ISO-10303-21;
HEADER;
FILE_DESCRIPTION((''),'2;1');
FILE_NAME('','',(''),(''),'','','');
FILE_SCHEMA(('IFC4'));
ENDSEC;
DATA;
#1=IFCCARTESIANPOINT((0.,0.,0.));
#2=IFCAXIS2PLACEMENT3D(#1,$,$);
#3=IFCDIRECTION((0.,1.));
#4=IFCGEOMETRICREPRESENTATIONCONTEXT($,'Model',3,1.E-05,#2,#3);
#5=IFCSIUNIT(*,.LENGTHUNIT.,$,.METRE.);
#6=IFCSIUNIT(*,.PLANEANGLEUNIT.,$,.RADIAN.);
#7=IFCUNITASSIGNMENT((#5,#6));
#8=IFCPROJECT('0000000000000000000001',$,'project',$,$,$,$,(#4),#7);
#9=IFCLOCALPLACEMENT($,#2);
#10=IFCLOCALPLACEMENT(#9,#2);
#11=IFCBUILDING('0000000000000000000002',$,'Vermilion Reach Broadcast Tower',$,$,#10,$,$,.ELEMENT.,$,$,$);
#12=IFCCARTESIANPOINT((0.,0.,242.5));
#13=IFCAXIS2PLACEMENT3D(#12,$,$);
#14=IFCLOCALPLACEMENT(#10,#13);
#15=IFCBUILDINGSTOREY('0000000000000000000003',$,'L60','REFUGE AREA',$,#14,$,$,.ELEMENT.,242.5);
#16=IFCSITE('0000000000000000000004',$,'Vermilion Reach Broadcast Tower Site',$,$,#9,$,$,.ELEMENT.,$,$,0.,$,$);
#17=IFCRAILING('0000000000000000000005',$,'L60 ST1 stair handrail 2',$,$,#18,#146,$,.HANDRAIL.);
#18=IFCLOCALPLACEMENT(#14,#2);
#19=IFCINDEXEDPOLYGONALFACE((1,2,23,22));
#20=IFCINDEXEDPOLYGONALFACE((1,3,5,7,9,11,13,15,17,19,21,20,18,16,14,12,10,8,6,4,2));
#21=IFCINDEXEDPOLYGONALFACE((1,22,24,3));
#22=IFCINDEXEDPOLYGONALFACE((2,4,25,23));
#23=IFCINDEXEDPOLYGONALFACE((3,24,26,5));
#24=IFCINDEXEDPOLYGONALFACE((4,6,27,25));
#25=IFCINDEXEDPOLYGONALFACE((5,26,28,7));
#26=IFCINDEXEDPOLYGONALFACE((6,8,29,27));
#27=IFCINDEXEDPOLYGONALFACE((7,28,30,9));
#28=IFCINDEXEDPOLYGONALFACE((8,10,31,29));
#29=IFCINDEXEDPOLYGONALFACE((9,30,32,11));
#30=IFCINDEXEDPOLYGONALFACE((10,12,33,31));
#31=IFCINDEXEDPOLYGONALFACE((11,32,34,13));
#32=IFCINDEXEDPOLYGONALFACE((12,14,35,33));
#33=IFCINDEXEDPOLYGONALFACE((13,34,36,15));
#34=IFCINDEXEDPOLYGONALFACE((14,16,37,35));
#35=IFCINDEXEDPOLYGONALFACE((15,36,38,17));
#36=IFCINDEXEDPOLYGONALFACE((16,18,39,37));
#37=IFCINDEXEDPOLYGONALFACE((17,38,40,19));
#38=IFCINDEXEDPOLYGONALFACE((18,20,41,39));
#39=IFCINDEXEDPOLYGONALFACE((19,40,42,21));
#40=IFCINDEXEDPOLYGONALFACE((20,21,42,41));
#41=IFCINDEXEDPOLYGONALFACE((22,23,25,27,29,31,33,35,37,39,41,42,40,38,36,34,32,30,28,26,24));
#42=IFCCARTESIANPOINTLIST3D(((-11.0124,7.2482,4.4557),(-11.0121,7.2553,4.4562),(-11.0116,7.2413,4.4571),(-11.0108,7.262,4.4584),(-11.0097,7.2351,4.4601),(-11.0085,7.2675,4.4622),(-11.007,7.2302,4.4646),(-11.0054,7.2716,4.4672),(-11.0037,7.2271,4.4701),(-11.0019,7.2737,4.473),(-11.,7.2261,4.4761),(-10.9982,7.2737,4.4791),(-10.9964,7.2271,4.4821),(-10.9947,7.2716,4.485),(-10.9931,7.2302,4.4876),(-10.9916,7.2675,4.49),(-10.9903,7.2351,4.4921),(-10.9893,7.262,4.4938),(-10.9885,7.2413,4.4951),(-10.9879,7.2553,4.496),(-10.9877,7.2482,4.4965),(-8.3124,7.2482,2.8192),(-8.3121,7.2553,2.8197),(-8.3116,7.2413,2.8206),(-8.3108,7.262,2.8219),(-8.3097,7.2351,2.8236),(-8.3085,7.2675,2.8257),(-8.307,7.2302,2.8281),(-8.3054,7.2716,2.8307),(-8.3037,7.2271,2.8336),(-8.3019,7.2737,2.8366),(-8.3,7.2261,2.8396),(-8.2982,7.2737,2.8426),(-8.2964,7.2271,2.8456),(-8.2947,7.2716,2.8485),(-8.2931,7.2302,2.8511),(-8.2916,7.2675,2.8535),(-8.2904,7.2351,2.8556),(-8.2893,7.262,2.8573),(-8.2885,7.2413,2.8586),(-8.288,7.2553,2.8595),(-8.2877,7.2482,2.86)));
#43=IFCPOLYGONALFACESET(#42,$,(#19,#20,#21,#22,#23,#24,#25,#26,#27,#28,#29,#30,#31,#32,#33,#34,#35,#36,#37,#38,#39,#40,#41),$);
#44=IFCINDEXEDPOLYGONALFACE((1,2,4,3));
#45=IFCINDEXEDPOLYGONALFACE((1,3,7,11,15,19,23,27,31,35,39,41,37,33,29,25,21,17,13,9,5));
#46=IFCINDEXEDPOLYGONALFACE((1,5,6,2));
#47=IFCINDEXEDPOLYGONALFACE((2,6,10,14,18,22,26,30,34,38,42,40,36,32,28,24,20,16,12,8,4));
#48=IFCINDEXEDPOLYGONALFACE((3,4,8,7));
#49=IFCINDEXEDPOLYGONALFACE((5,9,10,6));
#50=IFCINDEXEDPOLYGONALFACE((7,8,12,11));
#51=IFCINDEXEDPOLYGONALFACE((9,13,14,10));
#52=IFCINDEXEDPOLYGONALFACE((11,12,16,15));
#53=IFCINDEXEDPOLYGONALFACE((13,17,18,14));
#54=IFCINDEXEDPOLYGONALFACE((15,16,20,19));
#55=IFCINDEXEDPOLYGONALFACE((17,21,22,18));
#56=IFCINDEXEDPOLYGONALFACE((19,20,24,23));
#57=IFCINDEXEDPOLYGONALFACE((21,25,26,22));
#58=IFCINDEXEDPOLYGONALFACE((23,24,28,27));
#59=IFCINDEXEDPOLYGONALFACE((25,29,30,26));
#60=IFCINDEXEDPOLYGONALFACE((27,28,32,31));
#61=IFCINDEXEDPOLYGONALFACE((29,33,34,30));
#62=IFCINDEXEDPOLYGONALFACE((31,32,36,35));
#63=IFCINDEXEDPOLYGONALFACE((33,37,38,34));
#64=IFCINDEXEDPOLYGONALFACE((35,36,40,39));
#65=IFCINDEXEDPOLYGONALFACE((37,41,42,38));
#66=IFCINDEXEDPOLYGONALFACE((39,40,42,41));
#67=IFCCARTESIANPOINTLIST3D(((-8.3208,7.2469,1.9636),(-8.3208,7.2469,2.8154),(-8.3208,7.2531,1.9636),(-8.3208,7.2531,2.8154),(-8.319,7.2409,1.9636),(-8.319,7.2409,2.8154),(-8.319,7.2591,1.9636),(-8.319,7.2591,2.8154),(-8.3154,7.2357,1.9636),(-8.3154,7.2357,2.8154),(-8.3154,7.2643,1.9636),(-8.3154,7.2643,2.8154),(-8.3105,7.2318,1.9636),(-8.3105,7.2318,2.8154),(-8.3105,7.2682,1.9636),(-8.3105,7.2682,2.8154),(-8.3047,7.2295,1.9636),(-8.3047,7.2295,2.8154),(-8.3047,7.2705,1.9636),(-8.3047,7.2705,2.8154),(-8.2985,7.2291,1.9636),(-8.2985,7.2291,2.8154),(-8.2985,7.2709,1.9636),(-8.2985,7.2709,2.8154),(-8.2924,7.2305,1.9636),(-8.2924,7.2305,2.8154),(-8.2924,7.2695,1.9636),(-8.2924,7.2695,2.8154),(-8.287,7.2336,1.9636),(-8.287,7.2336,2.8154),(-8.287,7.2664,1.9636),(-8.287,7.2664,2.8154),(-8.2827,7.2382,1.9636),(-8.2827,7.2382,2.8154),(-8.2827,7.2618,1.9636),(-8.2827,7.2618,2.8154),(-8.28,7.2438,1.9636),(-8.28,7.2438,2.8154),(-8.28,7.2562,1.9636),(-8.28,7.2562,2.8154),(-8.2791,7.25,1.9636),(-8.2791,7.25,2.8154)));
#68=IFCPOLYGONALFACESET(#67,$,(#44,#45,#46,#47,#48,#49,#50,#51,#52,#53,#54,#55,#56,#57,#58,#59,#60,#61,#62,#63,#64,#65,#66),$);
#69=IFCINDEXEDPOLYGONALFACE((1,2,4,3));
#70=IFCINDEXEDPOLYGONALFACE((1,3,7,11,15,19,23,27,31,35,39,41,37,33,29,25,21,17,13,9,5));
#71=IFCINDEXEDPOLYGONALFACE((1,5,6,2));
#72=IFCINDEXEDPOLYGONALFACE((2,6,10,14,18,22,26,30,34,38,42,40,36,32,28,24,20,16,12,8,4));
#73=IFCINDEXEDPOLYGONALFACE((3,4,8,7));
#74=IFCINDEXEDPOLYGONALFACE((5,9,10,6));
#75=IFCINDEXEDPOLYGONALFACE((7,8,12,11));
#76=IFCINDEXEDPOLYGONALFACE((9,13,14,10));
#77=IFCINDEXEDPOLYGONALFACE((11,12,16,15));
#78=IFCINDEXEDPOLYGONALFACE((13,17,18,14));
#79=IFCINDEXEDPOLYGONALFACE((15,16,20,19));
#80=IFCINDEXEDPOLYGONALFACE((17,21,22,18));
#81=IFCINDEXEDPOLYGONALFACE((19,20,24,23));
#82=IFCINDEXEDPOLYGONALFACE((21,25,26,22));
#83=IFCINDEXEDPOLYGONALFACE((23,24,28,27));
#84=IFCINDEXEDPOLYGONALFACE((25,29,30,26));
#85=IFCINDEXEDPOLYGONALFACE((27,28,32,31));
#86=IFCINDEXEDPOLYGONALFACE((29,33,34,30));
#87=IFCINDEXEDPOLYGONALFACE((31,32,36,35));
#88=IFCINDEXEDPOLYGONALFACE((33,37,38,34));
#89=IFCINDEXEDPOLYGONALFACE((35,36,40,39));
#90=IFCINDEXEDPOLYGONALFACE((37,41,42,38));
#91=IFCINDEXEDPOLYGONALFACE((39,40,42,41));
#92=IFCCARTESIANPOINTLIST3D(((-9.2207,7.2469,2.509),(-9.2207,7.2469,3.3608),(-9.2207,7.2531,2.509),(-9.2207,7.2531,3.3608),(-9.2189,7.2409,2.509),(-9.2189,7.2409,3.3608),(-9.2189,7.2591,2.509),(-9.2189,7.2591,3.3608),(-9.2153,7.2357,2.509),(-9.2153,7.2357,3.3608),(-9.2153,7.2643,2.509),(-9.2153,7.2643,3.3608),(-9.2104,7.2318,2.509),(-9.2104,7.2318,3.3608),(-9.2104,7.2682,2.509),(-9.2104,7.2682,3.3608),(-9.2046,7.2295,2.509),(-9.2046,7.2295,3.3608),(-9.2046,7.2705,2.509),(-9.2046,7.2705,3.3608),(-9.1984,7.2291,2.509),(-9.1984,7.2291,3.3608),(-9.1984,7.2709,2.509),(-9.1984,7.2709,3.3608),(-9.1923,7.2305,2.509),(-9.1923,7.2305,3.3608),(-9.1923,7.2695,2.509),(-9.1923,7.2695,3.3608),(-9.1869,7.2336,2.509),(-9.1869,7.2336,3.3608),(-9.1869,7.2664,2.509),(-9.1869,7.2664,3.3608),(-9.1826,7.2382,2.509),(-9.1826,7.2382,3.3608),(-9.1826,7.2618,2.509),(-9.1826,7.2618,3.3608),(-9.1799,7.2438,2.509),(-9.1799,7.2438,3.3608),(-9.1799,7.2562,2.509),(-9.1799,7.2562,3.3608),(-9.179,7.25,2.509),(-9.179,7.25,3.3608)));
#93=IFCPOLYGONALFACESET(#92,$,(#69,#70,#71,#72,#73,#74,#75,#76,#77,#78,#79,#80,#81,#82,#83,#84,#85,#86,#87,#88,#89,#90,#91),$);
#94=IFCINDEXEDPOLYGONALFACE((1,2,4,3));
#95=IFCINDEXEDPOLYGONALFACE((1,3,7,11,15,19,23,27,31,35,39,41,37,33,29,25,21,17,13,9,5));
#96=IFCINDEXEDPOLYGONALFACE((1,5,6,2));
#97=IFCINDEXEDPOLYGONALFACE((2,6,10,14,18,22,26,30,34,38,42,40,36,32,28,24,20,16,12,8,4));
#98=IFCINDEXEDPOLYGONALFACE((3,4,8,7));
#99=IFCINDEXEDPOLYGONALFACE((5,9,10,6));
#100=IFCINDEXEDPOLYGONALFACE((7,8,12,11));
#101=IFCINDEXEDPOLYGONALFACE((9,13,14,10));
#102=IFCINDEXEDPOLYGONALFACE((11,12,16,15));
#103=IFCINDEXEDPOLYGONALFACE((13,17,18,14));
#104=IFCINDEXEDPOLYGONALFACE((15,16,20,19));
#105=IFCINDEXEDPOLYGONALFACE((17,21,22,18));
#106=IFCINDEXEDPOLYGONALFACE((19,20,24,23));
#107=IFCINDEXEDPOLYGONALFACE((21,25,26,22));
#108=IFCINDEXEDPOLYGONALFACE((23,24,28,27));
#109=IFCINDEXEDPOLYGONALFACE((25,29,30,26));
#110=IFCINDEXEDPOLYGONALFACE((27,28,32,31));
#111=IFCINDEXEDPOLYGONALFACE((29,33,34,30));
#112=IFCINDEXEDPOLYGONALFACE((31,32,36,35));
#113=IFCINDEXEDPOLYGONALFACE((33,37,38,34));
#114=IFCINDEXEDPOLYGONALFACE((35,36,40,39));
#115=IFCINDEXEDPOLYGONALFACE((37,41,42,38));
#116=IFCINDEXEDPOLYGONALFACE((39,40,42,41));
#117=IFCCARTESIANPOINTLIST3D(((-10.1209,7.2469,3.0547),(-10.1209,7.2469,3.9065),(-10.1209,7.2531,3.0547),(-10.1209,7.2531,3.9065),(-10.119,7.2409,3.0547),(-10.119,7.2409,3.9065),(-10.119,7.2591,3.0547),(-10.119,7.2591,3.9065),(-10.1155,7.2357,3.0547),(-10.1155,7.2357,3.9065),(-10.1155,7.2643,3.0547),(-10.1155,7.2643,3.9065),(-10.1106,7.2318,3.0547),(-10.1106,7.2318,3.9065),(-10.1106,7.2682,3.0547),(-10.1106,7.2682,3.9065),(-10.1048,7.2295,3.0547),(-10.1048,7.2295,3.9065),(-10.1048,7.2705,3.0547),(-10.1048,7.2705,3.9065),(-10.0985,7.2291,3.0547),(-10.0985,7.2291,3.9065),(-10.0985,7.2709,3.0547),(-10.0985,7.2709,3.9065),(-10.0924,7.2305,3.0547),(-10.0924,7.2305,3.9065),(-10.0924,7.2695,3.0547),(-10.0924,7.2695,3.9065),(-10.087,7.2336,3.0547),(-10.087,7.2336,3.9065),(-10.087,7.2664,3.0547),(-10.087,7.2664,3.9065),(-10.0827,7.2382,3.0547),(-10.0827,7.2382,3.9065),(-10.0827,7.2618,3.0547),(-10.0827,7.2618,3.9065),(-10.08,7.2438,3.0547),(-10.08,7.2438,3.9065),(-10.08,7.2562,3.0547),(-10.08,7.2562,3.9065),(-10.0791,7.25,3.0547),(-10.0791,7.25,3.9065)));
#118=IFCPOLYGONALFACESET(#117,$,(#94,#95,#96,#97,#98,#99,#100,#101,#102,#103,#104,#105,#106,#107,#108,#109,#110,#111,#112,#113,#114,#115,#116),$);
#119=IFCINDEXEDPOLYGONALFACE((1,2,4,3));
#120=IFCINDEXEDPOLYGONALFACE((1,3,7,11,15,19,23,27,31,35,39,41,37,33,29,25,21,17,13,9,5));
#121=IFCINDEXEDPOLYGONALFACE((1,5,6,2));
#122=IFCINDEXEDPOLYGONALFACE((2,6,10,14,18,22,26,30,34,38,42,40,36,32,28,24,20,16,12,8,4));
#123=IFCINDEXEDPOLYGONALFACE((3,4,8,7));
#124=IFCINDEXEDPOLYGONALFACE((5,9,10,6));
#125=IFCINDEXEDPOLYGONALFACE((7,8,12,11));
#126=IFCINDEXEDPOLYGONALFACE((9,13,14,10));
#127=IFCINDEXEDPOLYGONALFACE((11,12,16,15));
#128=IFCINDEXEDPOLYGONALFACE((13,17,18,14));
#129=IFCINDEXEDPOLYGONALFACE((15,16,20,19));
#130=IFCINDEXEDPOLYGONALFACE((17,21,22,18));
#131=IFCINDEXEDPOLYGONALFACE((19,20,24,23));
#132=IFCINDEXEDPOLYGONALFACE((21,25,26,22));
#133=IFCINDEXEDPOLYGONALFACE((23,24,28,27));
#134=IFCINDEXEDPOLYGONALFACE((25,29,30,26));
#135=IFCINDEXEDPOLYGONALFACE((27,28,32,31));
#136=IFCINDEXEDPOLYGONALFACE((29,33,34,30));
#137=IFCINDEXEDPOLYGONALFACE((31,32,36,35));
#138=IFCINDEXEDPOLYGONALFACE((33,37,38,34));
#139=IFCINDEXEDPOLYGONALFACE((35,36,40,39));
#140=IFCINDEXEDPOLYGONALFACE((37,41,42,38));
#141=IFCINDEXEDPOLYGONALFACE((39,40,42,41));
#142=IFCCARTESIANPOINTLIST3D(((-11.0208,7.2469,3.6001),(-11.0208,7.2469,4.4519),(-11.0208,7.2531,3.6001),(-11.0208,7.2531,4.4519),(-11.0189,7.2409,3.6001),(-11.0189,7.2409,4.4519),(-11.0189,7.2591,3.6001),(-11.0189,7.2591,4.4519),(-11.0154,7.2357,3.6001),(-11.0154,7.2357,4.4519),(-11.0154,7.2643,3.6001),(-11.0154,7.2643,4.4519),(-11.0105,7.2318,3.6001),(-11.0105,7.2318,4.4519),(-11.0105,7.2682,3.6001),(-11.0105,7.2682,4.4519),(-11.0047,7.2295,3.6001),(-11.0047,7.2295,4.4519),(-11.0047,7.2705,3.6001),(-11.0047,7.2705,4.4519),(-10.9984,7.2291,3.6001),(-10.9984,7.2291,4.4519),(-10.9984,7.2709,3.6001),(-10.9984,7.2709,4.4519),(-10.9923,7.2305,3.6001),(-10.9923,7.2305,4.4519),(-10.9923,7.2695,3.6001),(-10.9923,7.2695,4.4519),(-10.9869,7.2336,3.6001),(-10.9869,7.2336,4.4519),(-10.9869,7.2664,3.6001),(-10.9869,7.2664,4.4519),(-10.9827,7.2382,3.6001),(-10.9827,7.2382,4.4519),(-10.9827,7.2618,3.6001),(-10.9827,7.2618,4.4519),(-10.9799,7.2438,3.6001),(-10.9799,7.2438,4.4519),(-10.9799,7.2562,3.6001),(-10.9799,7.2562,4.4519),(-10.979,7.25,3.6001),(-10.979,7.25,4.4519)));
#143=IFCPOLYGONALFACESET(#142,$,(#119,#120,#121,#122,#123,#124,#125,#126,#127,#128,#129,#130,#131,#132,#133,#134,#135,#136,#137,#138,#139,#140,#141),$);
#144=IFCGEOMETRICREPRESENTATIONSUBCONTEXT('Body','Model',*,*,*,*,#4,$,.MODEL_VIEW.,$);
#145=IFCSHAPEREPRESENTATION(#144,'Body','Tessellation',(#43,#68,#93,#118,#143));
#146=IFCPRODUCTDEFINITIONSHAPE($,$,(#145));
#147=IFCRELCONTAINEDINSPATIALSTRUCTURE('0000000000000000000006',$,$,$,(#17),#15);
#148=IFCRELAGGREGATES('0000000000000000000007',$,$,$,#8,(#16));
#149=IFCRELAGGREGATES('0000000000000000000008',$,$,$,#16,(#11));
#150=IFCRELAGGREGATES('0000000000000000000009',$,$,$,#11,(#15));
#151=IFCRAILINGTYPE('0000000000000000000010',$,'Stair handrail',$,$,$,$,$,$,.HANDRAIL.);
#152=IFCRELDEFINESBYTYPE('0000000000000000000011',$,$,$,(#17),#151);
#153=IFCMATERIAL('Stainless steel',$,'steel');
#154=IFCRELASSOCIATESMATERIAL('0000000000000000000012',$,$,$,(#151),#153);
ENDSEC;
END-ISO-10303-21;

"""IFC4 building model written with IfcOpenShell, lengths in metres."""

from ifc_helpers import new_model, si_unit, direction, frame, origin, origin_2d, place, context, subcontext, project, spatial, circle, extrude, material, type_object, element, save


model = new_model("IFC4")

# Units and contexts
model_context = context("Model", 3, precision=1e-05, world=origin(), true_north=direction((0.0, 1.0)))
body_context = subcontext(model_context, "Body", "Model", "MODEL_VIEW")
ifc_project = project(units=[si_unit("LENGTHUNIT", "METRE"), si_unit("PLANEANGLEUNIT", "RADIAN")], contexts=[model_context])

# Site, building, storey
site_placement = place(None, origin())
site = spatial("IfcSite", under=ifc_project, at=site_placement, Name="Vermilion Reach Broadcast Tower Site", CompositionType="ELEMENT", RefElevation=0.0)
building_placement = place(site_placement, origin())
building = spatial("IfcBuilding", under=site, at=building_placement, Name="Vermilion Reach Broadcast Tower", CompositionType="ELEMENT")
storey_placement = place(building_placement, frame((0.0, 0.0, 242.5)))
storey = spatial("IfcBuildingStorey", under=building, at=storey_placement, Name="L60", Description="REFUGE AREA", CompositionType="ELEMENT", Elevation=242.5)

# Railing
ifc_material_1 = material(Name="Stainless steel", Category="steel")
railing_type_1 = type_object("IfcRailingType", Name="Stair handrail", PredefinedType="HANDRAIL", material=ifc_material_1)
for number, where, name in (
    (1, (-8.3, 7.25, 1.9636), "L60 ST1 stair handrail 2"),
):
    element("IfcRailing", number, at=place(storey_placement, frame(where)), inside=storey, type_object=railing_type_1, Name=name, PredefinedType="HANDRAIL", context=body_context, shape_type="SweptSolid", body=[
        extrude(circle(Radius=0.0239, at=origin_2d()), frame((0.0, 0.0, 0.876), z_axis=(-0.855178, 0.0, 0.518334), x_axis=(0.0, -1.0, 0.0)), (0.0, 0.0, 1.0), 3.1572),
        extrude(circle(Radius=0.021, at=origin_2d()), origin(), (0.0, 0.0, 1.0), 0.8518),
        extrude(circle(Radius=0.021, at=origin_2d()), frame((-0.8999, 0.0, 0.5454)), (0.0, 0.0, 1.0), 0.8518),
        extrude(circle(Radius=0.021, at=origin_2d()), frame((-1.8, 0.0, 1.0911)), (0.0, 0.0, 1.0), 0.8518),
        extrude(circle(Radius=0.021, at=origin_2d()), frame((-2.7, 0.0, 1.6365)), (0.0, 0.0, 1.0), 0.8518),
    ])

save(model, "model.ifc")
